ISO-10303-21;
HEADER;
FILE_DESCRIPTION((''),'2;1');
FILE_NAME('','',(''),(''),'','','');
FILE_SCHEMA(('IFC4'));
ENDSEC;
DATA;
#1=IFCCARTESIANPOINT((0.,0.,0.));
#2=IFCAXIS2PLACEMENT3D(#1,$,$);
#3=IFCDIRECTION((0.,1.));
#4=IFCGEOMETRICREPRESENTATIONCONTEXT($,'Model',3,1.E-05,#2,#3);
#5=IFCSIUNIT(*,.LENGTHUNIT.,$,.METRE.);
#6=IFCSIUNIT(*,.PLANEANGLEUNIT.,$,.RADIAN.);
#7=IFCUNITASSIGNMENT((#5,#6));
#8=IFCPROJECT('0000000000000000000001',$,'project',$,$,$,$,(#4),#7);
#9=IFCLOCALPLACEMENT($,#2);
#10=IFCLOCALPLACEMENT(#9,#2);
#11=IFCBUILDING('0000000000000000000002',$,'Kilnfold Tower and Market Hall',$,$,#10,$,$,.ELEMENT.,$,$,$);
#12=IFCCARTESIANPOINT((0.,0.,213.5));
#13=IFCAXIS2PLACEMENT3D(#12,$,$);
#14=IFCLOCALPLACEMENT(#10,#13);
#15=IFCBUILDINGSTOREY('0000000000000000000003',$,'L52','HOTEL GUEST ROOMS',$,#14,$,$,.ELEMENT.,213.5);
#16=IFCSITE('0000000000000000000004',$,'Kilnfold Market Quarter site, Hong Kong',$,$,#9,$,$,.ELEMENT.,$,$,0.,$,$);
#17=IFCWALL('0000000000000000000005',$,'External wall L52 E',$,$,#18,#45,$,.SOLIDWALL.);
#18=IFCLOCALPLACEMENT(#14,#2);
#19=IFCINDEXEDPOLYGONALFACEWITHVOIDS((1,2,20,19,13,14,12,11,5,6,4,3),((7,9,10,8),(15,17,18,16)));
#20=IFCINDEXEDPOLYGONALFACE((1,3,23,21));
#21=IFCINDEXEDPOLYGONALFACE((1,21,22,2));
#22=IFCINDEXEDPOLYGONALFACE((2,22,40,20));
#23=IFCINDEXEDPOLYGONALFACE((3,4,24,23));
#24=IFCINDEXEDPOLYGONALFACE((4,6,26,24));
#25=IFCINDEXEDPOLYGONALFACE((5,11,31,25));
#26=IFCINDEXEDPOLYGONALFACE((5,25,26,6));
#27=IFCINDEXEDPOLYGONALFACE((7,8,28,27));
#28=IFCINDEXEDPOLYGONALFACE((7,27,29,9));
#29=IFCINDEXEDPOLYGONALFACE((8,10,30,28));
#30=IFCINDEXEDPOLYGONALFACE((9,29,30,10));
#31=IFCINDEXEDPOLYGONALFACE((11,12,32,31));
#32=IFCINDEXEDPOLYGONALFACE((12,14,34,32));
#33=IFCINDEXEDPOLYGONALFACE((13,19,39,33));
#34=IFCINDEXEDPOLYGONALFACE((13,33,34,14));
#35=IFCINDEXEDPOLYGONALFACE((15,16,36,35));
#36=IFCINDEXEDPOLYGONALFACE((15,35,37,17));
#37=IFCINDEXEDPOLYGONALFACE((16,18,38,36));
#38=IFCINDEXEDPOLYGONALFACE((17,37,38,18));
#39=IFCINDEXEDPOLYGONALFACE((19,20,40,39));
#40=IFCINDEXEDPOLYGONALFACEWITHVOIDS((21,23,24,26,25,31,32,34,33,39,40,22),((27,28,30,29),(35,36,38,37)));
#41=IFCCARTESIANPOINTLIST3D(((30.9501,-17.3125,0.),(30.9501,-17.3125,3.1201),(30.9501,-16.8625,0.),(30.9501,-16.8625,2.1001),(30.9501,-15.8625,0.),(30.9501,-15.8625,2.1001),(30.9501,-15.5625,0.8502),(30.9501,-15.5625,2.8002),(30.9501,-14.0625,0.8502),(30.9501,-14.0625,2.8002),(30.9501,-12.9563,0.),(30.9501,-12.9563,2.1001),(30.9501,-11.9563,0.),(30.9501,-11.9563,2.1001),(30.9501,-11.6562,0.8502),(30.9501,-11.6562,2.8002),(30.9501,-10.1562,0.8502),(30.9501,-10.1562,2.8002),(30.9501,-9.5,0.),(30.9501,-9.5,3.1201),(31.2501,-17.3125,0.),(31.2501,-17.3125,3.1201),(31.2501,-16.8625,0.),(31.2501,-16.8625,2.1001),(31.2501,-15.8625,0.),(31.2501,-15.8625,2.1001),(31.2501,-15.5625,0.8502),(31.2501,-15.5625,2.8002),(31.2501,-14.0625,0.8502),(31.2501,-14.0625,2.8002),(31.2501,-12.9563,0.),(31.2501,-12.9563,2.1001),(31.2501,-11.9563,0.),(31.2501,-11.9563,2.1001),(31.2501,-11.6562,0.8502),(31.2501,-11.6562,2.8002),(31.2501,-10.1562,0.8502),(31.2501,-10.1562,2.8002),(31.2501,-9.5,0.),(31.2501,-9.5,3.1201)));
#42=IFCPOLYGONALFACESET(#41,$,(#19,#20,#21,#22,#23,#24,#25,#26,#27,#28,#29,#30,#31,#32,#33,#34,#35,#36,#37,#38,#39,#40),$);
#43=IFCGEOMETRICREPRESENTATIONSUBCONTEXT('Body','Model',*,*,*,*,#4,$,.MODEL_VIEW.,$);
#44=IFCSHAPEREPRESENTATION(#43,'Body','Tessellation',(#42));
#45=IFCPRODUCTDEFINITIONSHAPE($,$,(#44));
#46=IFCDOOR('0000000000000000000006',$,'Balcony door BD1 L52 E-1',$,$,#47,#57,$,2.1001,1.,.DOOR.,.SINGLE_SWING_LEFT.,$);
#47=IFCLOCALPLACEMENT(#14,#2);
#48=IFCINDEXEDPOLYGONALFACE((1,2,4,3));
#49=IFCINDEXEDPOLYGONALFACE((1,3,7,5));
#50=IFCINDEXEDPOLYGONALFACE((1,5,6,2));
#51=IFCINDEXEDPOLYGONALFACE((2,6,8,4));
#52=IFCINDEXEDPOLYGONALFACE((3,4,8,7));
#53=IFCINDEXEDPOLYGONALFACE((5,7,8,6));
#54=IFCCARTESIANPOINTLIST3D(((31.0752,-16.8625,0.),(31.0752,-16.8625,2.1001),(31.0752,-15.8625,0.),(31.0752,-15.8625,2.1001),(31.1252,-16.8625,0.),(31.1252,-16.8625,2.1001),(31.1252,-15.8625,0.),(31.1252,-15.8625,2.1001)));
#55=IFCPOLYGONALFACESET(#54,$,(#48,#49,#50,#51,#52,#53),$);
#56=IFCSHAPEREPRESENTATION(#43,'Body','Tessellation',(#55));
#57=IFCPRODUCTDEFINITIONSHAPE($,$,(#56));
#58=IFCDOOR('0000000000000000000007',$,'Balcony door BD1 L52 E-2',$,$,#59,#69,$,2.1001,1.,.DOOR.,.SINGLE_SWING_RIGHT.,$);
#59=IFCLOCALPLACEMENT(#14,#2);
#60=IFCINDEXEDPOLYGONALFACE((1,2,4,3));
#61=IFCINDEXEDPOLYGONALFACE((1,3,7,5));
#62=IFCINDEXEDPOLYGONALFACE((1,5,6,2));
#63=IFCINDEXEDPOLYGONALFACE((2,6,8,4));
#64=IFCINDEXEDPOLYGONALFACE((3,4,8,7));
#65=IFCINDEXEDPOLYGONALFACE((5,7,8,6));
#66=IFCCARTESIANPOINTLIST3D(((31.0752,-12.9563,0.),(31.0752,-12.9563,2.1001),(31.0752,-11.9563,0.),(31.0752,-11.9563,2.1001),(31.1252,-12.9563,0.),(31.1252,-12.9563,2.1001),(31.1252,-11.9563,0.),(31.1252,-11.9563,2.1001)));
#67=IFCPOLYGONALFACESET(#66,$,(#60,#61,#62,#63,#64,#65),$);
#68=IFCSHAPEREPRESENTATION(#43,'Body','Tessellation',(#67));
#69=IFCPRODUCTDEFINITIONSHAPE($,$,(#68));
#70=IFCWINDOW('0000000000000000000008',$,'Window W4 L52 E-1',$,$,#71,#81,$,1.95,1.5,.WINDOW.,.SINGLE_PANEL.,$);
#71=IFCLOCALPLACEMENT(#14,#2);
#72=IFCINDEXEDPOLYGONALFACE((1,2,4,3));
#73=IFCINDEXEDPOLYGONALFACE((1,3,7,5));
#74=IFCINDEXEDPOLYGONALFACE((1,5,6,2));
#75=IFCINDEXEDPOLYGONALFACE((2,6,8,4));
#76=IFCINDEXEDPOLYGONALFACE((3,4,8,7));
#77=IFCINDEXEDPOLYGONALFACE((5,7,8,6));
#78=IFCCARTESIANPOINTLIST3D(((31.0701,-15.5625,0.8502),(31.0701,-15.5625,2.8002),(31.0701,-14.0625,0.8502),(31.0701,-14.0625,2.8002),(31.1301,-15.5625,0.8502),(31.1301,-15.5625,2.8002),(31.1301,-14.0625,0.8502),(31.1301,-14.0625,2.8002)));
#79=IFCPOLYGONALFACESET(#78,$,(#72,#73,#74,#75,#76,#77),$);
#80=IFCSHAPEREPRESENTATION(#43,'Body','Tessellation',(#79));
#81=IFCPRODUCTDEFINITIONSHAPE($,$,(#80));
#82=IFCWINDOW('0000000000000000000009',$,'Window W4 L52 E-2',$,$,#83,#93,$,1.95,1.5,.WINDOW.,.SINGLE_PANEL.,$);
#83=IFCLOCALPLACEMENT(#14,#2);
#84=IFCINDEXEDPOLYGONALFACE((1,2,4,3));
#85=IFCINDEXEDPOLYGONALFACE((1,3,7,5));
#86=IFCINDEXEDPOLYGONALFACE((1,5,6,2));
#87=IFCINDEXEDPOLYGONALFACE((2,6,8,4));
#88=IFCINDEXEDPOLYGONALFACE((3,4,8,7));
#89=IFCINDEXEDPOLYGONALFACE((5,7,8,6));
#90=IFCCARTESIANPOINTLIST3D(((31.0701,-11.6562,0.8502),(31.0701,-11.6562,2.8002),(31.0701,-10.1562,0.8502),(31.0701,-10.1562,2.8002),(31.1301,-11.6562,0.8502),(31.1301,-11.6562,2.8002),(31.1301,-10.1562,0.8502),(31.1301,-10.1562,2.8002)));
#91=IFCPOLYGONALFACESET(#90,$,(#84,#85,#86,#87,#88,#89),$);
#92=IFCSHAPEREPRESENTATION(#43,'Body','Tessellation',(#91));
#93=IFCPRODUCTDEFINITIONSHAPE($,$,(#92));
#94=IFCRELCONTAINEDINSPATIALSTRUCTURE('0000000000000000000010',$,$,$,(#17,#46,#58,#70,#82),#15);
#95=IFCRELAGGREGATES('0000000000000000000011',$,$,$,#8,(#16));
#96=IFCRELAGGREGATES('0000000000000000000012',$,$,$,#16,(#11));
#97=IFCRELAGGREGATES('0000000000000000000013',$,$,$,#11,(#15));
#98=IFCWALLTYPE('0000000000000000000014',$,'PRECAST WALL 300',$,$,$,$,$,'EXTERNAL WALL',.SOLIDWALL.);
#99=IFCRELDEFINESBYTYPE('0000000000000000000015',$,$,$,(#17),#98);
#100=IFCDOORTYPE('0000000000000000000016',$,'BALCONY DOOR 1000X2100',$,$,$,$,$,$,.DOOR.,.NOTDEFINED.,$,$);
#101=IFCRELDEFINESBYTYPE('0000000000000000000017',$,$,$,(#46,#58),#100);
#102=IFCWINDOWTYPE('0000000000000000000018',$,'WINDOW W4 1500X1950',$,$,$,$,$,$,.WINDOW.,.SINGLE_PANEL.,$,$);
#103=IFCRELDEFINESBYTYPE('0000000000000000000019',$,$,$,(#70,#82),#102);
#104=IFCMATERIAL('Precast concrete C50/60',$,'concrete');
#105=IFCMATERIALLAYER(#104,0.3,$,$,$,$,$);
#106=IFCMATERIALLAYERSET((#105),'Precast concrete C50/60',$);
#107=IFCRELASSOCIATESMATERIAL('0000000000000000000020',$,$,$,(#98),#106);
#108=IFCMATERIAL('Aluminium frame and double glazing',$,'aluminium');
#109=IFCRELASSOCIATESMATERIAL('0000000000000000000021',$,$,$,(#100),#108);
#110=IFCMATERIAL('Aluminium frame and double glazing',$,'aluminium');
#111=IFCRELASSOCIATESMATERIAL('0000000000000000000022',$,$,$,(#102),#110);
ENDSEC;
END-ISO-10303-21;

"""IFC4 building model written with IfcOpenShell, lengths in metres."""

from ifc_helpers import new_model, si_unit, direction, frame, frame_2d, origin, place, context, subcontext, project, spatial, rectangle, extrude, source, transform, mapped, material, layer, layer_set, type_object, element, fill, save


model = new_model("IFC4")

# Units and contexts
model_context = context("Model", 3, precision=1e-05, world=origin(), true_north=direction((0.0, 1.0)))
body_context = subcontext(model_context, "Body", "Model", "MODEL_VIEW")
ifc_project = project(units=[si_unit("LENGTHUNIT", "METRE"), si_unit("PLANEANGLEUNIT", "RADIAN")], contexts=[model_context])

# Site, building, storey
site_placement = place(None, origin())
site = spatial("IfcSite", under=ifc_project, at=site_placement, Name="Kilnfold Market Quarter site, Hong Kong", CompositionType="ELEMENT", RefElevation=0.0)
building_placement = place(site_placement, origin())
building = spatial("IfcBuilding", under=site, at=building_placement, Name="Kilnfold Tower and Market Hall", CompositionType="ELEMENT")
storey_placement = place(building_placement, frame((0.0, 0.0, 213.5)))
storey = spatial("IfcBuildingStorey", under=building, at=storey_placement, Name="L52", Description="HOTEL GUEST ROOMS", CompositionType="ELEMENT", Elevation=213.5)

# Wall, openings, doors, windows
ifc_material_1 = material(Name="Precast concrete C50/60", Category="concrete")
ifc_layer_1 = layer(ifc_material_1, 0.3)
ifc_layer_set_1 = layer_set([ifc_layer_1], Name="Precast concrete C50/60")
wall_type_1 = type_object("IfcWallType", Name="PRECAST WALL 300", ElementType="EXTERNAL WALL", PredefinedType="SOLIDWALL", material=ifc_layer_set_1)
shared_shape_1 = source(origin(), body_context, "Body", "SweptSolid", [
    extrude(rectangle(XDim=7.8125, YDim=0.3, at=frame_2d((3.9062, 0.0))), origin(), (0.0, 0.0, 1.0), 3.1201),
])
wall_1_placement = place(storey_placement, frame((31.1001, -17.3125, 0.0), z_axis=(0.0, 0.0, 1.0), x_axis=(0.0, 1.0, 0.0)))
wall_1 = element("IfcWall", 1, at=wall_1_placement, inside=storey, type_object=wall_type_1, Name="External wall L52 E", PredefinedType="SOLIDWALL", context=body_context, shape_type="MappedRepresentation", body=[
    mapped(shared_shape_1, transform((0.0, 0.0, 0.0))),
])
opening_1_placement = place(wall_1_placement, frame((1.75, 0.0, 0.8501)))
opening_1 = element("IfcOpeningElement", 2, at=opening_1_placement, cuts=wall_1, PredefinedType="OPENING", context=body_context, shape_type="SweptSolid", body=[
    extrude(rectangle(XDim=1.5, YDim=1.95, at=frame_2d((0.75, 0.9751))), frame((0.0, 0.1602, 0.0), z_axis=(0.0, -1.0, 0.0), x_axis=(1.0, 0.0, 0.0)), (0.0, 0.0, 1.0), 0.3201),
])
opening_2_placement = place(wall_1_placement, frame((0.45, 0.0, 0.0)))
opening_2 = element("IfcOpeningElement", 3, at=opening_2_placement, cuts=wall_1, PredefinedType="OPENING", context=body_context, shape_type="SweptSolid", body=[
    extrude(rectangle(XDim=1.0, YDim=2.1001, at=frame_2d((0.5, 1.05))), frame((0.0, 0.1602, 0.0), z_axis=(0.0, -1.0, 0.0), x_axis=(1.0, 0.0, 0.0)), (0.0, 0.0, 1.0), 0.3201),
])
opening_3_placement = place(wall_1_placement, frame((5.6562, 0.0, 0.8501)))
opening_3 = element("IfcOpeningElement", 4, at=opening_3_placement, cuts=wall_1, PredefinedType="OPENING", context=body_context, shape_type="SweptSolid", body=[
    extrude(rectangle(XDim=1.5, YDim=1.95, at=frame_2d((0.75, 0.9751))), frame((0.0, 0.1602, 0.0), z_axis=(0.0, -1.0, 0.0), x_axis=(1.0, 0.0, 0.0)), (0.0, 0.0, 1.0), 0.3201),
])
opening_4_placement = place(wall_1_placement, frame((4.3562, 0.0, 0.0)))
opening_4 = element("IfcOpeningElement", 5, at=opening_4_placement, cuts=wall_1, PredefinedType="OPENING", context=body_context, shape_type="SweptSolid", body=[
    extrude(rectangle(XDim=1.0, YDim=2.1001, at=frame_2d((0.5, 1.05))), frame((0.0, 0.1602, 0.0), z_axis=(0.0, -1.0, 0.0), x_axis=(1.0, 0.0, 0.0)), (0.0, 0.0, 1.0), 0.3201),
])
ifc_material_2 = material(Name="Aluminium frame and double glazing", Category="aluminium")
door_type_1 = type_object("IfcDoorType", Name="BALCONY DOOR 1000X2100", OperationType="NOTDEFINED", PredefinedType="DOOR", material=ifc_material_2)
door_1_placement = place(opening_2_placement, origin())
door_1 = element("IfcDoor", 6, at=door_1_placement, inside=storey, type_object=door_type_1, Name="Balcony door BD1 L52 E-1", OperationType="SINGLE_SWING_LEFT", OverallHeight=2.1001, OverallWidth=1.0, PredefinedType="DOOR", context=body_context, shape_type="SweptSolid", body=[
    extrude(rectangle(XDim=1.0, YDim=2.1001, at=frame_2d((0.5, 1.05))), frame((0.0, 0.0249, 0.0), z_axis=(0.0, -1.0, 0.0), x_axis=(1.0, 0.0, 0.0)), (0.0, 0.0, 1.0), 0.05),
])
fill(opening_2, door_1)
door_2_placement = place(opening_4_placement, origin())
door_2 = element("IfcDoor", 7, at=door_2_placement, inside=storey, type_object=door_type_1, Name="Balcony door BD1 L52 E-2", OperationType="SINGLE_SWING_RIGHT", OverallHeight=2.1001, OverallWidth=1.0, PredefinedType="DOOR", context=body_context, shape_type="SweptSolid", body=[
    extrude(rectangle(XDim=1.0, YDim=2.1001, at=frame_2d((0.5, 1.05))), frame((0.0, 0.0249, 0.0), z_axis=(0.0, -1.0, 0.0), x_axis=(1.0, 0.0, 0.0)), (0.0, 0.0, 1.0), 0.05),
])
fill(opening_4, door_2)
ifc_material_3 = material(Name="Aluminium frame and double glazing", Category="aluminium")
window_type = type_object("IfcWindowType", Name="WINDOW W4 1500X1950", PartitioningType="SINGLE_PANEL", PredefinedType="WINDOW", material=ifc_material_3)
window_1_placement = place(opening_1_placement, origin())
window_1 = element("IfcWindow", 8, at=window_1_placement, inside=storey, type_object=window_type, Name="Window W4 L52 E-1", OverallHeight=1.95, OverallWidth=1.5, PartitioningType="SINGLE_PANEL", PredefinedType="WINDOW", context=body_context, shape_type="SweptSolid", body=[
    extrude(rectangle(XDim=1.5, YDim=1.95, at=frame_2d((0.75, 0.9751))), frame((0.0, 0.03, 0.0), z_axis=(0.0, -1.0, 0.0), x_axis=(1.0, 0.0, 0.0)), (0.0, 0.0, 1.0), 0.0601),
])
fill(opening_1, window_1)
window_2_placement = place(opening_3_placement, origin())
window_2 = element("IfcWindow", 9, at=window_2_placement, inside=storey, type_object=window_type, Name="Window W4 L52 E-2", OverallHeight=1.95, OverallWidth=1.5, PartitioningType="SINGLE_PANEL", PredefinedType="WINDOW", context=body_context, shape_type="SweptSolid", body=[
    extrude(rectangle(XDim=1.5, YDim=1.95, at=frame_2d((0.75, 0.9751))), frame((0.0, 0.03, 0.0), z_axis=(0.0, -1.0, 0.0), x_axis=(1.0, 0.0, 0.0)), (0.0, 0.0, 1.0), 0.0601),
])
fill(opening_3, window_2)

save(model, "model.ifc")
